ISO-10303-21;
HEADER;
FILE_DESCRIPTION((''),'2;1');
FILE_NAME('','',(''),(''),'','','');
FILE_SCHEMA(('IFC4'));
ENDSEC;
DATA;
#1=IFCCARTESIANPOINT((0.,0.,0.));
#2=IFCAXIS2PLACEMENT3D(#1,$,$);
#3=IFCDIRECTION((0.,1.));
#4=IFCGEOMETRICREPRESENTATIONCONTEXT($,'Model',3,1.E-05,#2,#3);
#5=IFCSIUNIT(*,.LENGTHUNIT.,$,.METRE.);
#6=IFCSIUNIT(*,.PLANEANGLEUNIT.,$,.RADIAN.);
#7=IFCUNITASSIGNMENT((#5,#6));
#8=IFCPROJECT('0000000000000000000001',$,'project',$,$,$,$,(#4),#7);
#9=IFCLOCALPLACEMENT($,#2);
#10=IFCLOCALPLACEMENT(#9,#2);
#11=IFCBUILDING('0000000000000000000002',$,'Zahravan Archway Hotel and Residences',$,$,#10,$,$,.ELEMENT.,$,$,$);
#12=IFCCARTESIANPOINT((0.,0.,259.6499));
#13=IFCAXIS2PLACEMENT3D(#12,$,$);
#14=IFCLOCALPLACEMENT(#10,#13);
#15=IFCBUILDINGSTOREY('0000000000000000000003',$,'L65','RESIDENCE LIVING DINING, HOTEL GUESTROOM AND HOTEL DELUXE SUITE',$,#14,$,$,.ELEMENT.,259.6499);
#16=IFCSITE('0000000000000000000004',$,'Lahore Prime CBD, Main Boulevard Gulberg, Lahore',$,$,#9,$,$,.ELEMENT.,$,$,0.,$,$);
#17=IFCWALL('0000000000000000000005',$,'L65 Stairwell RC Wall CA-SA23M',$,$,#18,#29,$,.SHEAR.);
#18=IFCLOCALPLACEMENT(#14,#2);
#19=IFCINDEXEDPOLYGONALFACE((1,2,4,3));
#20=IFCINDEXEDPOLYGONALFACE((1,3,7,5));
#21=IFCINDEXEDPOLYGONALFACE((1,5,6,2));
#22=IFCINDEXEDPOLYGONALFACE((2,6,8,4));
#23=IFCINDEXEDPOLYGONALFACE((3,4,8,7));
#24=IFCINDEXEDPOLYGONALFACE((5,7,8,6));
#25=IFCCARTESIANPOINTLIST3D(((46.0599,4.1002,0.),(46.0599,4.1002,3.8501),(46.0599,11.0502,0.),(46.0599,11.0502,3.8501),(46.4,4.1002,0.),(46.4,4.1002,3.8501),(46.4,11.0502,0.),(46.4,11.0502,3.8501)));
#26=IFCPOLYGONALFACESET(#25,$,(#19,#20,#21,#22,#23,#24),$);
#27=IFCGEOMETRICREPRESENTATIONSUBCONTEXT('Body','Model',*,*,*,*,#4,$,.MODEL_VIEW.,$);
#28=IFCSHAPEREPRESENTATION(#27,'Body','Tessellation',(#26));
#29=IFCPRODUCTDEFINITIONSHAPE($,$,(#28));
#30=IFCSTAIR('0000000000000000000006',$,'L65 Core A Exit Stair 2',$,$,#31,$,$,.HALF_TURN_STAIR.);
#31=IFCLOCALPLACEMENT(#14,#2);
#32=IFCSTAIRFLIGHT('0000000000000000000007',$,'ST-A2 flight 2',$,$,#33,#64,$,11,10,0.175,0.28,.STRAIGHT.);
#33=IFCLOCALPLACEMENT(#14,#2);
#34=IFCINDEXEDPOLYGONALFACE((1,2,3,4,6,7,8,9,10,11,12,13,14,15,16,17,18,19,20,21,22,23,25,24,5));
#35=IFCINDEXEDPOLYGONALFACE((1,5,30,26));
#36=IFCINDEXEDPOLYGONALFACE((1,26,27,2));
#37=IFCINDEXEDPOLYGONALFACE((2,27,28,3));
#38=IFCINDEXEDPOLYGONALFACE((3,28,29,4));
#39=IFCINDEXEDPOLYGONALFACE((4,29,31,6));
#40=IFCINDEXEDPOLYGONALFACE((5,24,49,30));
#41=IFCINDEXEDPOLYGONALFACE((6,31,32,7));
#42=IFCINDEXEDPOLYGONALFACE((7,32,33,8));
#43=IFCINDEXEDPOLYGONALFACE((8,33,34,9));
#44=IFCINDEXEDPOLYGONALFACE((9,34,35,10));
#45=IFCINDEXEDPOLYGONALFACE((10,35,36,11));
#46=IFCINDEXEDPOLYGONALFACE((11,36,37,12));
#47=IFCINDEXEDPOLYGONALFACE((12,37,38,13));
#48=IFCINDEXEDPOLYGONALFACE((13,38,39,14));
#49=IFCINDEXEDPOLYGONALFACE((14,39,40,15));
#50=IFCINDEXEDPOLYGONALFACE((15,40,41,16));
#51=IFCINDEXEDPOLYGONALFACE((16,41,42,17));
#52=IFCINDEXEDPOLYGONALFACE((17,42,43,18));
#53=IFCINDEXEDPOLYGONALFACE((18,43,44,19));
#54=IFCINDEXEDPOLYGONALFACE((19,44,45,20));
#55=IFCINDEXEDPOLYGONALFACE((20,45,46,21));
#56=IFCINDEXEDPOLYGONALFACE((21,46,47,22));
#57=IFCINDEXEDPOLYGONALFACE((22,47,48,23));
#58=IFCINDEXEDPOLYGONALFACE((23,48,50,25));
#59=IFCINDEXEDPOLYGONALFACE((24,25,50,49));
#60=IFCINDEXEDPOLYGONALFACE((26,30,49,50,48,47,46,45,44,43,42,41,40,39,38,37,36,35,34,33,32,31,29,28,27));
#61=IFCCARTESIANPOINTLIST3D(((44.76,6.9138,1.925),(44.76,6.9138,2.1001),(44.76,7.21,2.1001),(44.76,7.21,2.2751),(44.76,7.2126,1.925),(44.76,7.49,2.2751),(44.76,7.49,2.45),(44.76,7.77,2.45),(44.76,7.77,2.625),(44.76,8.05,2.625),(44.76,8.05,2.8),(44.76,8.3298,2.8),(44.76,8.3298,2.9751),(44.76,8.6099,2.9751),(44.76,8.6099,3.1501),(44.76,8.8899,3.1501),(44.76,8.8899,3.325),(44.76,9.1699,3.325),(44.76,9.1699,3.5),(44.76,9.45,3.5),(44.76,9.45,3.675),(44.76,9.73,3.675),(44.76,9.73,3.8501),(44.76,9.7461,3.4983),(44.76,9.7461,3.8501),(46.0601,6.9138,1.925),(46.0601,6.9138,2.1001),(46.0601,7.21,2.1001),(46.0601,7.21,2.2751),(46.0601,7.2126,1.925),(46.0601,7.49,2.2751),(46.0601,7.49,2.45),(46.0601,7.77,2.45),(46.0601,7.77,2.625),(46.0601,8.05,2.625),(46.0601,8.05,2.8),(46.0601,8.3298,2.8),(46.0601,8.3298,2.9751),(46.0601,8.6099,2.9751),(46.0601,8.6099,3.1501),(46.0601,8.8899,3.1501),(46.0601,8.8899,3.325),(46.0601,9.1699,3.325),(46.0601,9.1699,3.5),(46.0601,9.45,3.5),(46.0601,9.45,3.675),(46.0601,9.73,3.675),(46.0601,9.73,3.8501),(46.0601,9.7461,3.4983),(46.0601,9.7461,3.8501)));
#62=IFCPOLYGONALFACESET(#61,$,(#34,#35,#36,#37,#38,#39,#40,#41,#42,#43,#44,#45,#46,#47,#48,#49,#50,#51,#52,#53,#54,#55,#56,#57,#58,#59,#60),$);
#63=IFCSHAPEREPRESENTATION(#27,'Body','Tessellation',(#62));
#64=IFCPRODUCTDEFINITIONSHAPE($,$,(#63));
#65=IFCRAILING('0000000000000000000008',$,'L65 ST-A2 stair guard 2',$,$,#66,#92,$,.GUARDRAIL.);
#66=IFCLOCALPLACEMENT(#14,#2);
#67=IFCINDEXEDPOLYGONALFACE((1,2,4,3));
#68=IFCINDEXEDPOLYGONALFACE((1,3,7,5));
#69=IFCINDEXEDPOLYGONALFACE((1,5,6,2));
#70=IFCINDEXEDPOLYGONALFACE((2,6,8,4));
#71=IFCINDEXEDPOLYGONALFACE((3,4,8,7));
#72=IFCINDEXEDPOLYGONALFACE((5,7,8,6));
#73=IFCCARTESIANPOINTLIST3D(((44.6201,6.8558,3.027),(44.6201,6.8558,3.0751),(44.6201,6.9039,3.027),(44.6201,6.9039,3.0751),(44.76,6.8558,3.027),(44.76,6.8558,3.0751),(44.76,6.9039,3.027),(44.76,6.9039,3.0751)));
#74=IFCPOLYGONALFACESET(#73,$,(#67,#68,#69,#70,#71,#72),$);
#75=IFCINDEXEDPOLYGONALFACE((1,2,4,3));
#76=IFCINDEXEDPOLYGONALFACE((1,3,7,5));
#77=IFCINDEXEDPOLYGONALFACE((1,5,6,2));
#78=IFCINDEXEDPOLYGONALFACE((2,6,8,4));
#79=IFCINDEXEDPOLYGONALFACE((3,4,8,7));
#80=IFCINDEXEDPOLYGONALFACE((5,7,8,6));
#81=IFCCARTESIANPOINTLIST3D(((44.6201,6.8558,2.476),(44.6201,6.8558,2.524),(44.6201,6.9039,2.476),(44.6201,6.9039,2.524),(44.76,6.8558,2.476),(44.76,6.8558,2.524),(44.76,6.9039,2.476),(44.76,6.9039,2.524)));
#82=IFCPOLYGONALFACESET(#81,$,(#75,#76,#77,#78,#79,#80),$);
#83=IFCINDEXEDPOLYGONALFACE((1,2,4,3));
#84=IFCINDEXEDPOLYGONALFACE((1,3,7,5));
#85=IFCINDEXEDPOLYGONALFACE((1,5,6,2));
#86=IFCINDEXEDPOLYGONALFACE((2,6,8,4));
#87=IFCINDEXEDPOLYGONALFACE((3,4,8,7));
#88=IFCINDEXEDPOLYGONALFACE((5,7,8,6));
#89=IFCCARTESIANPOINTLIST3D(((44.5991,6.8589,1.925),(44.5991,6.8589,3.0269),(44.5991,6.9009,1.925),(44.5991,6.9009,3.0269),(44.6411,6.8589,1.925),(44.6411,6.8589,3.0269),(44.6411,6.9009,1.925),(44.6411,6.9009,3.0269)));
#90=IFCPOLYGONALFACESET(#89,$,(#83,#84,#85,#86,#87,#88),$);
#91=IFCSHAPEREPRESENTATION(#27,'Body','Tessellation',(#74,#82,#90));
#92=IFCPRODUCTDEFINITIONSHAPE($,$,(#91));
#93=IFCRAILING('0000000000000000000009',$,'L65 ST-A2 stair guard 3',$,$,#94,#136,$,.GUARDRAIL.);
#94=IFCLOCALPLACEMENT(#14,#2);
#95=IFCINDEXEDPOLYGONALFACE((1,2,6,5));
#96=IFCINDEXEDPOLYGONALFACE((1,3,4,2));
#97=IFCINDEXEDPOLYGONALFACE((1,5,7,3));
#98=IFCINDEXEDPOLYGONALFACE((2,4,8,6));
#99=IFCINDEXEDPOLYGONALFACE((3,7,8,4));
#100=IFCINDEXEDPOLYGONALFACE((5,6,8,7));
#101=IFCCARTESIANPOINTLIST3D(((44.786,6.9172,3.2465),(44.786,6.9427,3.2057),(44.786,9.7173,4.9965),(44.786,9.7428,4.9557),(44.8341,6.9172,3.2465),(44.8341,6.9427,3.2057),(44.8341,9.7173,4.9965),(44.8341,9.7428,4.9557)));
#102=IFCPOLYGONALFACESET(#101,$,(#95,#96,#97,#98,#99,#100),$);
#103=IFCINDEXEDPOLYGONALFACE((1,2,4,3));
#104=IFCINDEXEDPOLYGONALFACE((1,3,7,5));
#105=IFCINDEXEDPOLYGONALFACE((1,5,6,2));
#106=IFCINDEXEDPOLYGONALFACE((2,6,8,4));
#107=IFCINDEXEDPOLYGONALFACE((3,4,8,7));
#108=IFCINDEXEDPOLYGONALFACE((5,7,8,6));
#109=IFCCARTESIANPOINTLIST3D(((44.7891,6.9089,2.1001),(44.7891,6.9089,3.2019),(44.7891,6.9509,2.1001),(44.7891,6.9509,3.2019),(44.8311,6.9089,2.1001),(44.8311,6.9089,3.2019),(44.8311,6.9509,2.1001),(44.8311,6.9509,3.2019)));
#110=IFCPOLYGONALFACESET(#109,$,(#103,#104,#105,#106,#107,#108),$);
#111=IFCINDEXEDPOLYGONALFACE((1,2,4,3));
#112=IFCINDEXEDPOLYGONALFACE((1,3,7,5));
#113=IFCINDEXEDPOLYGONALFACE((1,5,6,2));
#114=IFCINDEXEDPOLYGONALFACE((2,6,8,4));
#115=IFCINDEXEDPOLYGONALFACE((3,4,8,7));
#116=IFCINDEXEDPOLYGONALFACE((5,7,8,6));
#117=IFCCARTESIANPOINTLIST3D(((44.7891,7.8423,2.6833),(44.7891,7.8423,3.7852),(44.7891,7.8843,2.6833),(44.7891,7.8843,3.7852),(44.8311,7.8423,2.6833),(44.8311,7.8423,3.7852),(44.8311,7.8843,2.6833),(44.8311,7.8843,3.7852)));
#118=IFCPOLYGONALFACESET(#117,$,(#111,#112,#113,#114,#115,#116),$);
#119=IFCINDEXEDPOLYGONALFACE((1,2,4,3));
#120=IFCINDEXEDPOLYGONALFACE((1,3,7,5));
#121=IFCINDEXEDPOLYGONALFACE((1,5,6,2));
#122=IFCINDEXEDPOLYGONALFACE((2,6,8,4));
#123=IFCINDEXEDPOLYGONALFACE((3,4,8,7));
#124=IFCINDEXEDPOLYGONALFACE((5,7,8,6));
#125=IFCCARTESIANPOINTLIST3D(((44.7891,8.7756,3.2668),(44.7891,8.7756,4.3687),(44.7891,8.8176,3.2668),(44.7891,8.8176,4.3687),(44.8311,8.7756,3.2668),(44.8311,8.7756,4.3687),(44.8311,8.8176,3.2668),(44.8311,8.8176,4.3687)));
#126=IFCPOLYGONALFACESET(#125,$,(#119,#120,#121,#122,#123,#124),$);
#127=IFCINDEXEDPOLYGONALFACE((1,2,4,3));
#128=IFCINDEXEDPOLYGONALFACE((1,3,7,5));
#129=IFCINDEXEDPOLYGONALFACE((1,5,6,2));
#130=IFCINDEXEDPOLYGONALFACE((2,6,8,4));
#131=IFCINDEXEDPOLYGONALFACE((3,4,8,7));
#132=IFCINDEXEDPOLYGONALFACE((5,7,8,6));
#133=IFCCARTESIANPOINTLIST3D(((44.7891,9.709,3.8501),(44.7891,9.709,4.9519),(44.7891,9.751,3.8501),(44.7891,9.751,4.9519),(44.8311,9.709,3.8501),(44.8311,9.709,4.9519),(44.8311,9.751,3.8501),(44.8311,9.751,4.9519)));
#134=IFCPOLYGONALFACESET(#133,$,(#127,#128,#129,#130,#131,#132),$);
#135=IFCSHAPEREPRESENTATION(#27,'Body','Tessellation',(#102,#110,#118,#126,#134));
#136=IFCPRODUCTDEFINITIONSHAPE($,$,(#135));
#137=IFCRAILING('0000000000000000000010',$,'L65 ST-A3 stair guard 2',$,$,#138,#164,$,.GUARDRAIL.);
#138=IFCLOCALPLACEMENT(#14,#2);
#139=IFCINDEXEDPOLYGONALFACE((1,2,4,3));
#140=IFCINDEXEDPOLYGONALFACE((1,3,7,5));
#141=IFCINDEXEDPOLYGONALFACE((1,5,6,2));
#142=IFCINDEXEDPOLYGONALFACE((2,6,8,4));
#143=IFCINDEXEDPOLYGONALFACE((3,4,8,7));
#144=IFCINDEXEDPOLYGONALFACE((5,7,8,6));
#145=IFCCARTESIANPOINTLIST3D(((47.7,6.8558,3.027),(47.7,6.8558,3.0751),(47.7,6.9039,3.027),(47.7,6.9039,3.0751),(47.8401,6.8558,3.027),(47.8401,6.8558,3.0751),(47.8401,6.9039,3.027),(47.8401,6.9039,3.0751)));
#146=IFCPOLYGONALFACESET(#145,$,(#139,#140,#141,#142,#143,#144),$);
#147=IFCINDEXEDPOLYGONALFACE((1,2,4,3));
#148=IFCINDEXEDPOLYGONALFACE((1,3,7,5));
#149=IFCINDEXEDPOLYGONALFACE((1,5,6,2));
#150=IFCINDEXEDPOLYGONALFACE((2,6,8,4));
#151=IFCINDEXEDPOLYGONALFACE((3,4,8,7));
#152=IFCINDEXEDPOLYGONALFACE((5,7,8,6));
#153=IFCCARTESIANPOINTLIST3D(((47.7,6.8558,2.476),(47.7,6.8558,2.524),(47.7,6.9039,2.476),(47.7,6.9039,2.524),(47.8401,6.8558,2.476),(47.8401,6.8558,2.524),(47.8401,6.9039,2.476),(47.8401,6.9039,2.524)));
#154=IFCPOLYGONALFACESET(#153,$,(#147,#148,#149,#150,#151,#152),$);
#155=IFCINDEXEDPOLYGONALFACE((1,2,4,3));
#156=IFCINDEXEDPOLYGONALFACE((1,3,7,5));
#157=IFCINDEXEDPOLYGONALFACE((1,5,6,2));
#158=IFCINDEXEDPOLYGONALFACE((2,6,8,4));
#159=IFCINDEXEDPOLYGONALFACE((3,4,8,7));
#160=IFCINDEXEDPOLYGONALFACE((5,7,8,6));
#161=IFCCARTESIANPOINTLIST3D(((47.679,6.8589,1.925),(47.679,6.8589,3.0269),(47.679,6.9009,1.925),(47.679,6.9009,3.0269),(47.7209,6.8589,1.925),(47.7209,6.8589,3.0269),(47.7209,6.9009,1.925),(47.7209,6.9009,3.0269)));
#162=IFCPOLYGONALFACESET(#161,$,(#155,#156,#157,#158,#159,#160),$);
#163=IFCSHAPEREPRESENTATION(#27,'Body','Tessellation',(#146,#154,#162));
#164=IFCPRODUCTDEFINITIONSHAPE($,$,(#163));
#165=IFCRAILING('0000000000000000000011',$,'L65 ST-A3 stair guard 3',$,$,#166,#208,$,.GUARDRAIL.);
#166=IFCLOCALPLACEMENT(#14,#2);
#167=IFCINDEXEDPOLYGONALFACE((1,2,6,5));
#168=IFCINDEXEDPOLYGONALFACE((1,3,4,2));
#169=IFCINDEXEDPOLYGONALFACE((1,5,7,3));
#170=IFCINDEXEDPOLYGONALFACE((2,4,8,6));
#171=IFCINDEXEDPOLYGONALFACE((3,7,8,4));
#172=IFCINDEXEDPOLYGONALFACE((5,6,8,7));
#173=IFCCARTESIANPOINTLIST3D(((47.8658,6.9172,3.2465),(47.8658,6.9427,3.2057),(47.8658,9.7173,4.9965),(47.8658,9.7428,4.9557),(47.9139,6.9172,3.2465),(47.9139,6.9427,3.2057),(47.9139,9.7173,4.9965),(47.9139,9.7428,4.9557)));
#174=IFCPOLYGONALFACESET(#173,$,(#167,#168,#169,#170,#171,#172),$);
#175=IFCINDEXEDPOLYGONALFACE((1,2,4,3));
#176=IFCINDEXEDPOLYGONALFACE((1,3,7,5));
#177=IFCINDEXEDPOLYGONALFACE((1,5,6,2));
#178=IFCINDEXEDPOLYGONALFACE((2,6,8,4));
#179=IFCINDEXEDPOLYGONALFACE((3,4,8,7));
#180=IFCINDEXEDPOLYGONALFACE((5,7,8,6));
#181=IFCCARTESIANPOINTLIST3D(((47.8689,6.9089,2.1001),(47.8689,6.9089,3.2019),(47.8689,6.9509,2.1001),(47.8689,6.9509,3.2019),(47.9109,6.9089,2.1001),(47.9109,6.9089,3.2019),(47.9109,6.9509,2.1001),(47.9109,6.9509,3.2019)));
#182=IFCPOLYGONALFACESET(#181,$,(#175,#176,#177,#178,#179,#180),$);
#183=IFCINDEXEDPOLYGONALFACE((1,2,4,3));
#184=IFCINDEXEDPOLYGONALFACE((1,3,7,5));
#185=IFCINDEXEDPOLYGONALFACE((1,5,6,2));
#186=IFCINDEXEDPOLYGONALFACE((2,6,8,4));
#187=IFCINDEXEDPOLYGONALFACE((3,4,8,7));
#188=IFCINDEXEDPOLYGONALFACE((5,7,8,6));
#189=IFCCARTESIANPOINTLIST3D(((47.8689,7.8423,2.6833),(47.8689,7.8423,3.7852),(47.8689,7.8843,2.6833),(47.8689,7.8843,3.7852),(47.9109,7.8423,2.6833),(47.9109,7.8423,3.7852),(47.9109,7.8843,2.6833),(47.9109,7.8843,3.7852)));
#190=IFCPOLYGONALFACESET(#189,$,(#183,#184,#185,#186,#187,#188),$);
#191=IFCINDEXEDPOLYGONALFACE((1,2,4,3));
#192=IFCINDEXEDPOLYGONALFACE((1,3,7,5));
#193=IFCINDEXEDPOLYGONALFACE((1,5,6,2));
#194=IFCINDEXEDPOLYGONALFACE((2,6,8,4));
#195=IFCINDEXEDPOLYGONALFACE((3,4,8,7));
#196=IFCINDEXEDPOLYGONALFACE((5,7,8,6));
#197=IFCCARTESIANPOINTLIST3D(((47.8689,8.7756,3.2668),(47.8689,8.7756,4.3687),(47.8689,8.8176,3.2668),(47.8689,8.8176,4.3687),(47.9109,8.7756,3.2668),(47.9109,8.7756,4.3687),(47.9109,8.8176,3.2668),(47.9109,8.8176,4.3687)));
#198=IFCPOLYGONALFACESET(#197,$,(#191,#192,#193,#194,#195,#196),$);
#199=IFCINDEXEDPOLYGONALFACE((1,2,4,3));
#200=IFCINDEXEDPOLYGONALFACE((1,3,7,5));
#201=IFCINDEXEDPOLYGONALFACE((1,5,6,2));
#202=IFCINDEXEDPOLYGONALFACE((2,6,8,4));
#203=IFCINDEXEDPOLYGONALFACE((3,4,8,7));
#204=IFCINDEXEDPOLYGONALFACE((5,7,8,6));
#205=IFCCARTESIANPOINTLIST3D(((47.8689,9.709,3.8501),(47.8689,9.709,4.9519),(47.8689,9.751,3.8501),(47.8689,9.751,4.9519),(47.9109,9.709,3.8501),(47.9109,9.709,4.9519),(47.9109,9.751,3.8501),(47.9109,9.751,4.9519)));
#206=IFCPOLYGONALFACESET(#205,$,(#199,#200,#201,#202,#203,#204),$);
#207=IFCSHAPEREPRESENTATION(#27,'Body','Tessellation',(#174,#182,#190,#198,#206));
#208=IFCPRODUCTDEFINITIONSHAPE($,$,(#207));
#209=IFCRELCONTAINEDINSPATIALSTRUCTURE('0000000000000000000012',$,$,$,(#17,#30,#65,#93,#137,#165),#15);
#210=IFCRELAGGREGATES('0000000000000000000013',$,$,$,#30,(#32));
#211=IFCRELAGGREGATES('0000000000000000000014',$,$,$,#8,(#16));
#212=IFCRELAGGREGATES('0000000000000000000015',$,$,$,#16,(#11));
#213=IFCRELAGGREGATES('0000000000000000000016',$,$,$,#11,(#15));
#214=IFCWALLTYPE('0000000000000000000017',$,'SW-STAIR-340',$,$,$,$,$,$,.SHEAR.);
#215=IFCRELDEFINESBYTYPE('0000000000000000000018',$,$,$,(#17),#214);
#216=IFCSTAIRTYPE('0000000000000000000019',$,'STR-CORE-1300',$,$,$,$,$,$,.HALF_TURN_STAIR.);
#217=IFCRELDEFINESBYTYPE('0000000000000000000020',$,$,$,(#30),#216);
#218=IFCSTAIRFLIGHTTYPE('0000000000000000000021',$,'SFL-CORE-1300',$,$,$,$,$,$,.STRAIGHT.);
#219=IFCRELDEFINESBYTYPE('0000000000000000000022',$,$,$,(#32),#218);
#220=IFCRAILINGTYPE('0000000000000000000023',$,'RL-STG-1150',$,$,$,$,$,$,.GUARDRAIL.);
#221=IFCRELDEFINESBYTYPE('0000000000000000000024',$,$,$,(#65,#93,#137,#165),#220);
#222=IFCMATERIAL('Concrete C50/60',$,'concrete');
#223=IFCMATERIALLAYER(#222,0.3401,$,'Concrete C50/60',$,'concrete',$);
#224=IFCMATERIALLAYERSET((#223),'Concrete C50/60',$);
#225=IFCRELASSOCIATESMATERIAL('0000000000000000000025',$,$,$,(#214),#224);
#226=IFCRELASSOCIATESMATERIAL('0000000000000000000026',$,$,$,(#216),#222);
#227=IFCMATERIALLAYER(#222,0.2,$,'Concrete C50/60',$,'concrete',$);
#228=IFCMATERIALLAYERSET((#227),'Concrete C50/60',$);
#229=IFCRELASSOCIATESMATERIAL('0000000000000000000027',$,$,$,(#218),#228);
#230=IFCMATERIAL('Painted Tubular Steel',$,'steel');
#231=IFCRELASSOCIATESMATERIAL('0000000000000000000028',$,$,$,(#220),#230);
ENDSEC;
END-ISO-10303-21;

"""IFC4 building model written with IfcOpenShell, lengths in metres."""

from ifc_helpers import new_model, si_unit, direction, frame, frame_2d, origin, origin_2d, place, context, subcontext, project, spatial, polyline, rectangle, outline, extrude, source, transform, mapped, material, layer, layer_set, type_object, element, aggregate, save


model = new_model("IFC4")

# Units and contexts
model_context = context("Model", 3, precision=1e-05, world=origin(), true_north=direction((0.0, 1.0)))
body_context = subcontext(model_context, "Body", "Model", "MODEL_VIEW")
ifc_project = project(units=[si_unit("LENGTHUNIT", "METRE"), si_unit("PLANEANGLEUNIT", "RADIAN")], contexts=[model_context])

# Site, building, storey
site_placement = place(None, origin())
site = spatial("IfcSite", under=ifc_project, at=site_placement, Name="Lahore Prime CBD, Main Boulevard Gulberg, Lahore", CompositionType="ELEMENT", RefElevation=0.0)
building_placement = place(site_placement, origin())
building = spatial("IfcBuilding", under=site, at=building_placement, Name="Zahravan Archway Hotel and Residences", CompositionType="ELEMENT")
storey_placement = place(building_placement, frame((0.0, 0.0, 259.6499)))
storey = spatial("IfcBuildingStorey", under=building, at=storey_placement, Name="L65", Description="RESIDENCE LIVING DINING, HOTEL GUESTROOM AND HOTEL DELUXE SUITE", CompositionType="ELEMENT", Elevation=259.6499)

# Shared definitions
ifc_material_1 = material(Name="Concrete C50/60", Category="concrete")

# Wall
ifc_layer_1 = layer(ifc_material_1, 0.3401, Name="Concrete C50/60", Category="concrete")
ifc_layer_set_1 = layer_set([ifc_layer_1], Name="Concrete C50/60")
wall_type_1 = type_object("IfcWallType", Name="SW-STAIR-340", PredefinedType="SHEAR", material=ifc_layer_set_1)
wall_1_placement = place(storey_placement, frame((46.23, 4.1001, 0.0), z_axis=(0.0, 0.0, 1.0), x_axis=(0.0, 1.0, 0.0)))
element("IfcWall", 1, at=wall_1_placement, inside=storey, type_object=wall_type_1, Name="L65 Stairwell RC Wall CA-SA23M", PredefinedType="SHEAR", context=body_context, shape_type="SweptSolid", body=[
    extrude(rectangle(XDim=6.95, YDim=0.3401, at=frame_2d((3.4751, 0.0))), origin(), (0.0, 0.0, 1.0), 3.8501),
])

# Stair, stair flight
stair_type = type_object("IfcStairType", Name="STR-CORE-1300", PredefinedType="HALF_TURN_STAIR", material=ifc_material_1)
stair_placement = place(storey_placement, origin())
stair = element("IfcStair", 2, at=stair_placement, inside=storey, type_object=stair_type, Name="L65 Core A Exit Stair 2", PredefinedType="HALF_TURN_STAIR")
ifc_layer_2 = layer(ifc_material_1, 0.2, Name="Concrete C50/60", Category="concrete")
ifc_layer_set_2 = layer_set([ifc_layer_2], Name="Concrete C50/60")
stair_flight_type = type_object("IfcStairFlightType", Name="SFL-CORE-1300", PredefinedType="STRAIGHT", material=ifc_layer_set_2)
shared_shape_1 = source(origin(), body_context, "Body", "SweptSolid", [
    extrude(outline(polyline([(-0.0161, 0.0), (-0.0161, 0.175), (0.28, 0.175), (0.28, 0.3501), (0.5601, 0.3501), (0.5601, 0.5249), (0.8401, 0.5249), (0.8401, 0.7), (1.1201, 0.7), (1.1201, 0.875), (1.3999, 0.875), (1.3999, 1.05), (1.6799, 1.05), (1.6799, 1.2251), (1.96, 1.2251), (1.96, 1.3999), (2.24, 1.3999), (2.24, 1.575), (2.52, 1.575), (2.52, 1.75), (2.8, 1.75), (2.8, 1.925), (2.8162, 1.925), (2.8162, 1.5732), (0.2827, 0.0), (-0.0161, 0.0)])), frame((0.0, 0.6499, 0.0), z_axis=(0.0, -1.0, 0.0), x_axis=(1.0, 0.0, 0.0)), (0.0, 0.0, 1.0), 1.3),
])
stair_flight_placement = place(storey_placement, frame((45.4099, 6.9299, 1.925), z_axis=(0.0, 0.0, 1.0), x_axis=(0.0, 1.0, 0.0)))
stair_flight = element("IfcStairFlight", 3, at=stair_flight_placement, type_object=stair_flight_type, Name="ST-A2 flight 2", NumberOfRisers=11, NumberOfTreads=10, PredefinedType="STRAIGHT", RiserHeight=0.175, TreadLength=0.28, context=body_context, shape_type="MappedRepresentation", body=[
    mapped(shared_shape_1, transform((0.0, 0.0, 0.0), scale=1.0)),
])
aggregate(stair, [stair_flight])

# Railings
ifc_material_2 = material(Name="Painted Tubular Steel", Category="steel")
railing_type_1 = type_object("IfcRailingType", Name="RL-STG-1150", PredefinedType="GUARDRAIL", material=ifc_material_2)
railing_1_placement = place(storey_placement, frame((44.6201, 6.8799, 1.925)))
element("IfcRailing", 4, at=railing_1_placement, inside=storey, type_object=railing_type_1, Name="L65 ST-A2 stair guard 2", PredefinedType="GUARDRAIL", context=body_context, shape_type="SweptSolid", body=[
    extrude(rectangle(XDim=0.0481, YDim=0.0481, at=origin_2d()), frame((0.0, 0.0, 1.126), z_axis=(1.0, 0.0, 0.0), x_axis=(0.0, 1.0, 0.0)), (0.0, 0.0, 1.0), 0.1399),
    extrude(rectangle(XDim=0.0481, YDim=0.0481, at=origin_2d()), frame((0.0, 0.0, 0.575), z_axis=(1.0, 0.0, 0.0), x_axis=(0.0, 1.0, 0.0)), (0.0, 0.0, 1.0), 0.1399),
    extrude(rectangle(XDim=0.042, YDim=0.042, at=origin_2d()), origin(), (0.0, 0.0, 1.0), 1.1018),
])
railing_2_placement = place(storey_placement, frame((44.8101, 6.9299, 2.1001)))
element("IfcRailing", 5, at=railing_2_placement, inside=storey, type_object=railing_type_1, Name="L65 ST-A2 stair guard 3", PredefinedType="GUARDRAIL", context=body_context, shape_type="SweptSolid", body=[
    extrude(rectangle(XDim=0.0481, YDim=0.0481, at=origin_2d()), frame((0.0, 0.0, 1.126), z_axis=(0.0, 0.848002, 0.529992), x_axis=(-1.0, 0.0, 0.0)), (0.0, 0.0, 1.0), 3.302),
    extrude(rectangle(XDim=0.042, YDim=0.042, at=origin_2d()), origin(), (0.0, 0.0, 1.0), 1.1018),
    extrude(rectangle(XDim=0.042, YDim=0.042, at=origin_2d()), frame((0.0, 0.9333, 0.5833)), (0.0, 0.0, 1.0), 1.1018),
    extrude(rectangle(XDim=0.042, YDim=0.042, at=origin_2d()), frame((0.0, 1.8667, 1.1667)), (0.0, 0.0, 1.0), 1.1018),
    extrude(rectangle(XDim=0.042, YDim=0.042, at=origin_2d()), frame((0.0, 2.8, 1.75)), (0.0, 0.0, 1.0), 1.1018),
])
railing_3_placement = place(storey_placement, frame((47.7, 6.8799, 1.925)))
element("IfcRailing", 6, at=railing_3_placement, inside=storey, type_object=railing_type_1, Name="L65 ST-A3 stair guard 2", PredefinedType="GUARDRAIL", context=body_context, shape_type="SweptSolid", body=[
    extrude(rectangle(XDim=0.0481, YDim=0.0481, at=origin_2d()), frame((0.0, 0.0, 1.126), z_axis=(1.0, 0.0, 0.0), x_axis=(0.0, 1.0, 0.0)), (0.0, 0.0, 1.0), 0.1401),
    extrude(rectangle(XDim=0.0481, YDim=0.0481, at=origin_2d()), frame((0.0, 0.0, 0.575), z_axis=(1.0, 0.0, 0.0), x_axis=(0.0, 1.0, 0.0)), (0.0, 0.0, 1.0), 0.1401),
    extrude(rectangle(XDim=0.042, YDim=0.042, at=origin_2d()), origin(), (0.0, 0.0, 1.0), 1.1018),
])
railing_4_placement = place(storey_placement, frame((47.8899, 6.9299, 2.1001)))
element("IfcRailing", 7, at=railing_4_placement, inside=storey, type_object=railing_type_1, Name="L65 ST-A3 stair guard 3", PredefinedType="GUARDRAIL", context=body_context, shape_type="SweptSolid", body=[
    extrude(rectangle(XDim=0.0481, YDim=0.0481, at=origin_2d()), frame((0.0, 0.0, 1.126), z_axis=(0.0, 0.848002, 0.529992), x_axis=(-1.0, 0.0, 0.0)), (0.0, 0.0, 1.0), 3.302),
    extrude(rectangle(XDim=0.042, YDim=0.042, at=origin_2d()), origin(), (0.0, 0.0, 1.0), 1.1018),
    extrude(rectangle(XDim=0.042, YDim=0.042, at=origin_2d()), frame((0.0, 0.9333, 0.5833)), (0.0, 0.0, 1.0), 1.1018),
    extrude(rectangle(XDim=0.042, YDim=0.042, at=origin_2d()), frame((0.0, 1.8667, 1.1667)), (0.0, 0.0, 1.0), 1.1018),
    extrude(rectangle(XDim=0.042, YDim=0.042, at=origin_2d()), frame((0.0, 2.8, 1.75)), (0.0, 0.0, 1.0), 1.1018),
])

save(model, "model.ifc")
